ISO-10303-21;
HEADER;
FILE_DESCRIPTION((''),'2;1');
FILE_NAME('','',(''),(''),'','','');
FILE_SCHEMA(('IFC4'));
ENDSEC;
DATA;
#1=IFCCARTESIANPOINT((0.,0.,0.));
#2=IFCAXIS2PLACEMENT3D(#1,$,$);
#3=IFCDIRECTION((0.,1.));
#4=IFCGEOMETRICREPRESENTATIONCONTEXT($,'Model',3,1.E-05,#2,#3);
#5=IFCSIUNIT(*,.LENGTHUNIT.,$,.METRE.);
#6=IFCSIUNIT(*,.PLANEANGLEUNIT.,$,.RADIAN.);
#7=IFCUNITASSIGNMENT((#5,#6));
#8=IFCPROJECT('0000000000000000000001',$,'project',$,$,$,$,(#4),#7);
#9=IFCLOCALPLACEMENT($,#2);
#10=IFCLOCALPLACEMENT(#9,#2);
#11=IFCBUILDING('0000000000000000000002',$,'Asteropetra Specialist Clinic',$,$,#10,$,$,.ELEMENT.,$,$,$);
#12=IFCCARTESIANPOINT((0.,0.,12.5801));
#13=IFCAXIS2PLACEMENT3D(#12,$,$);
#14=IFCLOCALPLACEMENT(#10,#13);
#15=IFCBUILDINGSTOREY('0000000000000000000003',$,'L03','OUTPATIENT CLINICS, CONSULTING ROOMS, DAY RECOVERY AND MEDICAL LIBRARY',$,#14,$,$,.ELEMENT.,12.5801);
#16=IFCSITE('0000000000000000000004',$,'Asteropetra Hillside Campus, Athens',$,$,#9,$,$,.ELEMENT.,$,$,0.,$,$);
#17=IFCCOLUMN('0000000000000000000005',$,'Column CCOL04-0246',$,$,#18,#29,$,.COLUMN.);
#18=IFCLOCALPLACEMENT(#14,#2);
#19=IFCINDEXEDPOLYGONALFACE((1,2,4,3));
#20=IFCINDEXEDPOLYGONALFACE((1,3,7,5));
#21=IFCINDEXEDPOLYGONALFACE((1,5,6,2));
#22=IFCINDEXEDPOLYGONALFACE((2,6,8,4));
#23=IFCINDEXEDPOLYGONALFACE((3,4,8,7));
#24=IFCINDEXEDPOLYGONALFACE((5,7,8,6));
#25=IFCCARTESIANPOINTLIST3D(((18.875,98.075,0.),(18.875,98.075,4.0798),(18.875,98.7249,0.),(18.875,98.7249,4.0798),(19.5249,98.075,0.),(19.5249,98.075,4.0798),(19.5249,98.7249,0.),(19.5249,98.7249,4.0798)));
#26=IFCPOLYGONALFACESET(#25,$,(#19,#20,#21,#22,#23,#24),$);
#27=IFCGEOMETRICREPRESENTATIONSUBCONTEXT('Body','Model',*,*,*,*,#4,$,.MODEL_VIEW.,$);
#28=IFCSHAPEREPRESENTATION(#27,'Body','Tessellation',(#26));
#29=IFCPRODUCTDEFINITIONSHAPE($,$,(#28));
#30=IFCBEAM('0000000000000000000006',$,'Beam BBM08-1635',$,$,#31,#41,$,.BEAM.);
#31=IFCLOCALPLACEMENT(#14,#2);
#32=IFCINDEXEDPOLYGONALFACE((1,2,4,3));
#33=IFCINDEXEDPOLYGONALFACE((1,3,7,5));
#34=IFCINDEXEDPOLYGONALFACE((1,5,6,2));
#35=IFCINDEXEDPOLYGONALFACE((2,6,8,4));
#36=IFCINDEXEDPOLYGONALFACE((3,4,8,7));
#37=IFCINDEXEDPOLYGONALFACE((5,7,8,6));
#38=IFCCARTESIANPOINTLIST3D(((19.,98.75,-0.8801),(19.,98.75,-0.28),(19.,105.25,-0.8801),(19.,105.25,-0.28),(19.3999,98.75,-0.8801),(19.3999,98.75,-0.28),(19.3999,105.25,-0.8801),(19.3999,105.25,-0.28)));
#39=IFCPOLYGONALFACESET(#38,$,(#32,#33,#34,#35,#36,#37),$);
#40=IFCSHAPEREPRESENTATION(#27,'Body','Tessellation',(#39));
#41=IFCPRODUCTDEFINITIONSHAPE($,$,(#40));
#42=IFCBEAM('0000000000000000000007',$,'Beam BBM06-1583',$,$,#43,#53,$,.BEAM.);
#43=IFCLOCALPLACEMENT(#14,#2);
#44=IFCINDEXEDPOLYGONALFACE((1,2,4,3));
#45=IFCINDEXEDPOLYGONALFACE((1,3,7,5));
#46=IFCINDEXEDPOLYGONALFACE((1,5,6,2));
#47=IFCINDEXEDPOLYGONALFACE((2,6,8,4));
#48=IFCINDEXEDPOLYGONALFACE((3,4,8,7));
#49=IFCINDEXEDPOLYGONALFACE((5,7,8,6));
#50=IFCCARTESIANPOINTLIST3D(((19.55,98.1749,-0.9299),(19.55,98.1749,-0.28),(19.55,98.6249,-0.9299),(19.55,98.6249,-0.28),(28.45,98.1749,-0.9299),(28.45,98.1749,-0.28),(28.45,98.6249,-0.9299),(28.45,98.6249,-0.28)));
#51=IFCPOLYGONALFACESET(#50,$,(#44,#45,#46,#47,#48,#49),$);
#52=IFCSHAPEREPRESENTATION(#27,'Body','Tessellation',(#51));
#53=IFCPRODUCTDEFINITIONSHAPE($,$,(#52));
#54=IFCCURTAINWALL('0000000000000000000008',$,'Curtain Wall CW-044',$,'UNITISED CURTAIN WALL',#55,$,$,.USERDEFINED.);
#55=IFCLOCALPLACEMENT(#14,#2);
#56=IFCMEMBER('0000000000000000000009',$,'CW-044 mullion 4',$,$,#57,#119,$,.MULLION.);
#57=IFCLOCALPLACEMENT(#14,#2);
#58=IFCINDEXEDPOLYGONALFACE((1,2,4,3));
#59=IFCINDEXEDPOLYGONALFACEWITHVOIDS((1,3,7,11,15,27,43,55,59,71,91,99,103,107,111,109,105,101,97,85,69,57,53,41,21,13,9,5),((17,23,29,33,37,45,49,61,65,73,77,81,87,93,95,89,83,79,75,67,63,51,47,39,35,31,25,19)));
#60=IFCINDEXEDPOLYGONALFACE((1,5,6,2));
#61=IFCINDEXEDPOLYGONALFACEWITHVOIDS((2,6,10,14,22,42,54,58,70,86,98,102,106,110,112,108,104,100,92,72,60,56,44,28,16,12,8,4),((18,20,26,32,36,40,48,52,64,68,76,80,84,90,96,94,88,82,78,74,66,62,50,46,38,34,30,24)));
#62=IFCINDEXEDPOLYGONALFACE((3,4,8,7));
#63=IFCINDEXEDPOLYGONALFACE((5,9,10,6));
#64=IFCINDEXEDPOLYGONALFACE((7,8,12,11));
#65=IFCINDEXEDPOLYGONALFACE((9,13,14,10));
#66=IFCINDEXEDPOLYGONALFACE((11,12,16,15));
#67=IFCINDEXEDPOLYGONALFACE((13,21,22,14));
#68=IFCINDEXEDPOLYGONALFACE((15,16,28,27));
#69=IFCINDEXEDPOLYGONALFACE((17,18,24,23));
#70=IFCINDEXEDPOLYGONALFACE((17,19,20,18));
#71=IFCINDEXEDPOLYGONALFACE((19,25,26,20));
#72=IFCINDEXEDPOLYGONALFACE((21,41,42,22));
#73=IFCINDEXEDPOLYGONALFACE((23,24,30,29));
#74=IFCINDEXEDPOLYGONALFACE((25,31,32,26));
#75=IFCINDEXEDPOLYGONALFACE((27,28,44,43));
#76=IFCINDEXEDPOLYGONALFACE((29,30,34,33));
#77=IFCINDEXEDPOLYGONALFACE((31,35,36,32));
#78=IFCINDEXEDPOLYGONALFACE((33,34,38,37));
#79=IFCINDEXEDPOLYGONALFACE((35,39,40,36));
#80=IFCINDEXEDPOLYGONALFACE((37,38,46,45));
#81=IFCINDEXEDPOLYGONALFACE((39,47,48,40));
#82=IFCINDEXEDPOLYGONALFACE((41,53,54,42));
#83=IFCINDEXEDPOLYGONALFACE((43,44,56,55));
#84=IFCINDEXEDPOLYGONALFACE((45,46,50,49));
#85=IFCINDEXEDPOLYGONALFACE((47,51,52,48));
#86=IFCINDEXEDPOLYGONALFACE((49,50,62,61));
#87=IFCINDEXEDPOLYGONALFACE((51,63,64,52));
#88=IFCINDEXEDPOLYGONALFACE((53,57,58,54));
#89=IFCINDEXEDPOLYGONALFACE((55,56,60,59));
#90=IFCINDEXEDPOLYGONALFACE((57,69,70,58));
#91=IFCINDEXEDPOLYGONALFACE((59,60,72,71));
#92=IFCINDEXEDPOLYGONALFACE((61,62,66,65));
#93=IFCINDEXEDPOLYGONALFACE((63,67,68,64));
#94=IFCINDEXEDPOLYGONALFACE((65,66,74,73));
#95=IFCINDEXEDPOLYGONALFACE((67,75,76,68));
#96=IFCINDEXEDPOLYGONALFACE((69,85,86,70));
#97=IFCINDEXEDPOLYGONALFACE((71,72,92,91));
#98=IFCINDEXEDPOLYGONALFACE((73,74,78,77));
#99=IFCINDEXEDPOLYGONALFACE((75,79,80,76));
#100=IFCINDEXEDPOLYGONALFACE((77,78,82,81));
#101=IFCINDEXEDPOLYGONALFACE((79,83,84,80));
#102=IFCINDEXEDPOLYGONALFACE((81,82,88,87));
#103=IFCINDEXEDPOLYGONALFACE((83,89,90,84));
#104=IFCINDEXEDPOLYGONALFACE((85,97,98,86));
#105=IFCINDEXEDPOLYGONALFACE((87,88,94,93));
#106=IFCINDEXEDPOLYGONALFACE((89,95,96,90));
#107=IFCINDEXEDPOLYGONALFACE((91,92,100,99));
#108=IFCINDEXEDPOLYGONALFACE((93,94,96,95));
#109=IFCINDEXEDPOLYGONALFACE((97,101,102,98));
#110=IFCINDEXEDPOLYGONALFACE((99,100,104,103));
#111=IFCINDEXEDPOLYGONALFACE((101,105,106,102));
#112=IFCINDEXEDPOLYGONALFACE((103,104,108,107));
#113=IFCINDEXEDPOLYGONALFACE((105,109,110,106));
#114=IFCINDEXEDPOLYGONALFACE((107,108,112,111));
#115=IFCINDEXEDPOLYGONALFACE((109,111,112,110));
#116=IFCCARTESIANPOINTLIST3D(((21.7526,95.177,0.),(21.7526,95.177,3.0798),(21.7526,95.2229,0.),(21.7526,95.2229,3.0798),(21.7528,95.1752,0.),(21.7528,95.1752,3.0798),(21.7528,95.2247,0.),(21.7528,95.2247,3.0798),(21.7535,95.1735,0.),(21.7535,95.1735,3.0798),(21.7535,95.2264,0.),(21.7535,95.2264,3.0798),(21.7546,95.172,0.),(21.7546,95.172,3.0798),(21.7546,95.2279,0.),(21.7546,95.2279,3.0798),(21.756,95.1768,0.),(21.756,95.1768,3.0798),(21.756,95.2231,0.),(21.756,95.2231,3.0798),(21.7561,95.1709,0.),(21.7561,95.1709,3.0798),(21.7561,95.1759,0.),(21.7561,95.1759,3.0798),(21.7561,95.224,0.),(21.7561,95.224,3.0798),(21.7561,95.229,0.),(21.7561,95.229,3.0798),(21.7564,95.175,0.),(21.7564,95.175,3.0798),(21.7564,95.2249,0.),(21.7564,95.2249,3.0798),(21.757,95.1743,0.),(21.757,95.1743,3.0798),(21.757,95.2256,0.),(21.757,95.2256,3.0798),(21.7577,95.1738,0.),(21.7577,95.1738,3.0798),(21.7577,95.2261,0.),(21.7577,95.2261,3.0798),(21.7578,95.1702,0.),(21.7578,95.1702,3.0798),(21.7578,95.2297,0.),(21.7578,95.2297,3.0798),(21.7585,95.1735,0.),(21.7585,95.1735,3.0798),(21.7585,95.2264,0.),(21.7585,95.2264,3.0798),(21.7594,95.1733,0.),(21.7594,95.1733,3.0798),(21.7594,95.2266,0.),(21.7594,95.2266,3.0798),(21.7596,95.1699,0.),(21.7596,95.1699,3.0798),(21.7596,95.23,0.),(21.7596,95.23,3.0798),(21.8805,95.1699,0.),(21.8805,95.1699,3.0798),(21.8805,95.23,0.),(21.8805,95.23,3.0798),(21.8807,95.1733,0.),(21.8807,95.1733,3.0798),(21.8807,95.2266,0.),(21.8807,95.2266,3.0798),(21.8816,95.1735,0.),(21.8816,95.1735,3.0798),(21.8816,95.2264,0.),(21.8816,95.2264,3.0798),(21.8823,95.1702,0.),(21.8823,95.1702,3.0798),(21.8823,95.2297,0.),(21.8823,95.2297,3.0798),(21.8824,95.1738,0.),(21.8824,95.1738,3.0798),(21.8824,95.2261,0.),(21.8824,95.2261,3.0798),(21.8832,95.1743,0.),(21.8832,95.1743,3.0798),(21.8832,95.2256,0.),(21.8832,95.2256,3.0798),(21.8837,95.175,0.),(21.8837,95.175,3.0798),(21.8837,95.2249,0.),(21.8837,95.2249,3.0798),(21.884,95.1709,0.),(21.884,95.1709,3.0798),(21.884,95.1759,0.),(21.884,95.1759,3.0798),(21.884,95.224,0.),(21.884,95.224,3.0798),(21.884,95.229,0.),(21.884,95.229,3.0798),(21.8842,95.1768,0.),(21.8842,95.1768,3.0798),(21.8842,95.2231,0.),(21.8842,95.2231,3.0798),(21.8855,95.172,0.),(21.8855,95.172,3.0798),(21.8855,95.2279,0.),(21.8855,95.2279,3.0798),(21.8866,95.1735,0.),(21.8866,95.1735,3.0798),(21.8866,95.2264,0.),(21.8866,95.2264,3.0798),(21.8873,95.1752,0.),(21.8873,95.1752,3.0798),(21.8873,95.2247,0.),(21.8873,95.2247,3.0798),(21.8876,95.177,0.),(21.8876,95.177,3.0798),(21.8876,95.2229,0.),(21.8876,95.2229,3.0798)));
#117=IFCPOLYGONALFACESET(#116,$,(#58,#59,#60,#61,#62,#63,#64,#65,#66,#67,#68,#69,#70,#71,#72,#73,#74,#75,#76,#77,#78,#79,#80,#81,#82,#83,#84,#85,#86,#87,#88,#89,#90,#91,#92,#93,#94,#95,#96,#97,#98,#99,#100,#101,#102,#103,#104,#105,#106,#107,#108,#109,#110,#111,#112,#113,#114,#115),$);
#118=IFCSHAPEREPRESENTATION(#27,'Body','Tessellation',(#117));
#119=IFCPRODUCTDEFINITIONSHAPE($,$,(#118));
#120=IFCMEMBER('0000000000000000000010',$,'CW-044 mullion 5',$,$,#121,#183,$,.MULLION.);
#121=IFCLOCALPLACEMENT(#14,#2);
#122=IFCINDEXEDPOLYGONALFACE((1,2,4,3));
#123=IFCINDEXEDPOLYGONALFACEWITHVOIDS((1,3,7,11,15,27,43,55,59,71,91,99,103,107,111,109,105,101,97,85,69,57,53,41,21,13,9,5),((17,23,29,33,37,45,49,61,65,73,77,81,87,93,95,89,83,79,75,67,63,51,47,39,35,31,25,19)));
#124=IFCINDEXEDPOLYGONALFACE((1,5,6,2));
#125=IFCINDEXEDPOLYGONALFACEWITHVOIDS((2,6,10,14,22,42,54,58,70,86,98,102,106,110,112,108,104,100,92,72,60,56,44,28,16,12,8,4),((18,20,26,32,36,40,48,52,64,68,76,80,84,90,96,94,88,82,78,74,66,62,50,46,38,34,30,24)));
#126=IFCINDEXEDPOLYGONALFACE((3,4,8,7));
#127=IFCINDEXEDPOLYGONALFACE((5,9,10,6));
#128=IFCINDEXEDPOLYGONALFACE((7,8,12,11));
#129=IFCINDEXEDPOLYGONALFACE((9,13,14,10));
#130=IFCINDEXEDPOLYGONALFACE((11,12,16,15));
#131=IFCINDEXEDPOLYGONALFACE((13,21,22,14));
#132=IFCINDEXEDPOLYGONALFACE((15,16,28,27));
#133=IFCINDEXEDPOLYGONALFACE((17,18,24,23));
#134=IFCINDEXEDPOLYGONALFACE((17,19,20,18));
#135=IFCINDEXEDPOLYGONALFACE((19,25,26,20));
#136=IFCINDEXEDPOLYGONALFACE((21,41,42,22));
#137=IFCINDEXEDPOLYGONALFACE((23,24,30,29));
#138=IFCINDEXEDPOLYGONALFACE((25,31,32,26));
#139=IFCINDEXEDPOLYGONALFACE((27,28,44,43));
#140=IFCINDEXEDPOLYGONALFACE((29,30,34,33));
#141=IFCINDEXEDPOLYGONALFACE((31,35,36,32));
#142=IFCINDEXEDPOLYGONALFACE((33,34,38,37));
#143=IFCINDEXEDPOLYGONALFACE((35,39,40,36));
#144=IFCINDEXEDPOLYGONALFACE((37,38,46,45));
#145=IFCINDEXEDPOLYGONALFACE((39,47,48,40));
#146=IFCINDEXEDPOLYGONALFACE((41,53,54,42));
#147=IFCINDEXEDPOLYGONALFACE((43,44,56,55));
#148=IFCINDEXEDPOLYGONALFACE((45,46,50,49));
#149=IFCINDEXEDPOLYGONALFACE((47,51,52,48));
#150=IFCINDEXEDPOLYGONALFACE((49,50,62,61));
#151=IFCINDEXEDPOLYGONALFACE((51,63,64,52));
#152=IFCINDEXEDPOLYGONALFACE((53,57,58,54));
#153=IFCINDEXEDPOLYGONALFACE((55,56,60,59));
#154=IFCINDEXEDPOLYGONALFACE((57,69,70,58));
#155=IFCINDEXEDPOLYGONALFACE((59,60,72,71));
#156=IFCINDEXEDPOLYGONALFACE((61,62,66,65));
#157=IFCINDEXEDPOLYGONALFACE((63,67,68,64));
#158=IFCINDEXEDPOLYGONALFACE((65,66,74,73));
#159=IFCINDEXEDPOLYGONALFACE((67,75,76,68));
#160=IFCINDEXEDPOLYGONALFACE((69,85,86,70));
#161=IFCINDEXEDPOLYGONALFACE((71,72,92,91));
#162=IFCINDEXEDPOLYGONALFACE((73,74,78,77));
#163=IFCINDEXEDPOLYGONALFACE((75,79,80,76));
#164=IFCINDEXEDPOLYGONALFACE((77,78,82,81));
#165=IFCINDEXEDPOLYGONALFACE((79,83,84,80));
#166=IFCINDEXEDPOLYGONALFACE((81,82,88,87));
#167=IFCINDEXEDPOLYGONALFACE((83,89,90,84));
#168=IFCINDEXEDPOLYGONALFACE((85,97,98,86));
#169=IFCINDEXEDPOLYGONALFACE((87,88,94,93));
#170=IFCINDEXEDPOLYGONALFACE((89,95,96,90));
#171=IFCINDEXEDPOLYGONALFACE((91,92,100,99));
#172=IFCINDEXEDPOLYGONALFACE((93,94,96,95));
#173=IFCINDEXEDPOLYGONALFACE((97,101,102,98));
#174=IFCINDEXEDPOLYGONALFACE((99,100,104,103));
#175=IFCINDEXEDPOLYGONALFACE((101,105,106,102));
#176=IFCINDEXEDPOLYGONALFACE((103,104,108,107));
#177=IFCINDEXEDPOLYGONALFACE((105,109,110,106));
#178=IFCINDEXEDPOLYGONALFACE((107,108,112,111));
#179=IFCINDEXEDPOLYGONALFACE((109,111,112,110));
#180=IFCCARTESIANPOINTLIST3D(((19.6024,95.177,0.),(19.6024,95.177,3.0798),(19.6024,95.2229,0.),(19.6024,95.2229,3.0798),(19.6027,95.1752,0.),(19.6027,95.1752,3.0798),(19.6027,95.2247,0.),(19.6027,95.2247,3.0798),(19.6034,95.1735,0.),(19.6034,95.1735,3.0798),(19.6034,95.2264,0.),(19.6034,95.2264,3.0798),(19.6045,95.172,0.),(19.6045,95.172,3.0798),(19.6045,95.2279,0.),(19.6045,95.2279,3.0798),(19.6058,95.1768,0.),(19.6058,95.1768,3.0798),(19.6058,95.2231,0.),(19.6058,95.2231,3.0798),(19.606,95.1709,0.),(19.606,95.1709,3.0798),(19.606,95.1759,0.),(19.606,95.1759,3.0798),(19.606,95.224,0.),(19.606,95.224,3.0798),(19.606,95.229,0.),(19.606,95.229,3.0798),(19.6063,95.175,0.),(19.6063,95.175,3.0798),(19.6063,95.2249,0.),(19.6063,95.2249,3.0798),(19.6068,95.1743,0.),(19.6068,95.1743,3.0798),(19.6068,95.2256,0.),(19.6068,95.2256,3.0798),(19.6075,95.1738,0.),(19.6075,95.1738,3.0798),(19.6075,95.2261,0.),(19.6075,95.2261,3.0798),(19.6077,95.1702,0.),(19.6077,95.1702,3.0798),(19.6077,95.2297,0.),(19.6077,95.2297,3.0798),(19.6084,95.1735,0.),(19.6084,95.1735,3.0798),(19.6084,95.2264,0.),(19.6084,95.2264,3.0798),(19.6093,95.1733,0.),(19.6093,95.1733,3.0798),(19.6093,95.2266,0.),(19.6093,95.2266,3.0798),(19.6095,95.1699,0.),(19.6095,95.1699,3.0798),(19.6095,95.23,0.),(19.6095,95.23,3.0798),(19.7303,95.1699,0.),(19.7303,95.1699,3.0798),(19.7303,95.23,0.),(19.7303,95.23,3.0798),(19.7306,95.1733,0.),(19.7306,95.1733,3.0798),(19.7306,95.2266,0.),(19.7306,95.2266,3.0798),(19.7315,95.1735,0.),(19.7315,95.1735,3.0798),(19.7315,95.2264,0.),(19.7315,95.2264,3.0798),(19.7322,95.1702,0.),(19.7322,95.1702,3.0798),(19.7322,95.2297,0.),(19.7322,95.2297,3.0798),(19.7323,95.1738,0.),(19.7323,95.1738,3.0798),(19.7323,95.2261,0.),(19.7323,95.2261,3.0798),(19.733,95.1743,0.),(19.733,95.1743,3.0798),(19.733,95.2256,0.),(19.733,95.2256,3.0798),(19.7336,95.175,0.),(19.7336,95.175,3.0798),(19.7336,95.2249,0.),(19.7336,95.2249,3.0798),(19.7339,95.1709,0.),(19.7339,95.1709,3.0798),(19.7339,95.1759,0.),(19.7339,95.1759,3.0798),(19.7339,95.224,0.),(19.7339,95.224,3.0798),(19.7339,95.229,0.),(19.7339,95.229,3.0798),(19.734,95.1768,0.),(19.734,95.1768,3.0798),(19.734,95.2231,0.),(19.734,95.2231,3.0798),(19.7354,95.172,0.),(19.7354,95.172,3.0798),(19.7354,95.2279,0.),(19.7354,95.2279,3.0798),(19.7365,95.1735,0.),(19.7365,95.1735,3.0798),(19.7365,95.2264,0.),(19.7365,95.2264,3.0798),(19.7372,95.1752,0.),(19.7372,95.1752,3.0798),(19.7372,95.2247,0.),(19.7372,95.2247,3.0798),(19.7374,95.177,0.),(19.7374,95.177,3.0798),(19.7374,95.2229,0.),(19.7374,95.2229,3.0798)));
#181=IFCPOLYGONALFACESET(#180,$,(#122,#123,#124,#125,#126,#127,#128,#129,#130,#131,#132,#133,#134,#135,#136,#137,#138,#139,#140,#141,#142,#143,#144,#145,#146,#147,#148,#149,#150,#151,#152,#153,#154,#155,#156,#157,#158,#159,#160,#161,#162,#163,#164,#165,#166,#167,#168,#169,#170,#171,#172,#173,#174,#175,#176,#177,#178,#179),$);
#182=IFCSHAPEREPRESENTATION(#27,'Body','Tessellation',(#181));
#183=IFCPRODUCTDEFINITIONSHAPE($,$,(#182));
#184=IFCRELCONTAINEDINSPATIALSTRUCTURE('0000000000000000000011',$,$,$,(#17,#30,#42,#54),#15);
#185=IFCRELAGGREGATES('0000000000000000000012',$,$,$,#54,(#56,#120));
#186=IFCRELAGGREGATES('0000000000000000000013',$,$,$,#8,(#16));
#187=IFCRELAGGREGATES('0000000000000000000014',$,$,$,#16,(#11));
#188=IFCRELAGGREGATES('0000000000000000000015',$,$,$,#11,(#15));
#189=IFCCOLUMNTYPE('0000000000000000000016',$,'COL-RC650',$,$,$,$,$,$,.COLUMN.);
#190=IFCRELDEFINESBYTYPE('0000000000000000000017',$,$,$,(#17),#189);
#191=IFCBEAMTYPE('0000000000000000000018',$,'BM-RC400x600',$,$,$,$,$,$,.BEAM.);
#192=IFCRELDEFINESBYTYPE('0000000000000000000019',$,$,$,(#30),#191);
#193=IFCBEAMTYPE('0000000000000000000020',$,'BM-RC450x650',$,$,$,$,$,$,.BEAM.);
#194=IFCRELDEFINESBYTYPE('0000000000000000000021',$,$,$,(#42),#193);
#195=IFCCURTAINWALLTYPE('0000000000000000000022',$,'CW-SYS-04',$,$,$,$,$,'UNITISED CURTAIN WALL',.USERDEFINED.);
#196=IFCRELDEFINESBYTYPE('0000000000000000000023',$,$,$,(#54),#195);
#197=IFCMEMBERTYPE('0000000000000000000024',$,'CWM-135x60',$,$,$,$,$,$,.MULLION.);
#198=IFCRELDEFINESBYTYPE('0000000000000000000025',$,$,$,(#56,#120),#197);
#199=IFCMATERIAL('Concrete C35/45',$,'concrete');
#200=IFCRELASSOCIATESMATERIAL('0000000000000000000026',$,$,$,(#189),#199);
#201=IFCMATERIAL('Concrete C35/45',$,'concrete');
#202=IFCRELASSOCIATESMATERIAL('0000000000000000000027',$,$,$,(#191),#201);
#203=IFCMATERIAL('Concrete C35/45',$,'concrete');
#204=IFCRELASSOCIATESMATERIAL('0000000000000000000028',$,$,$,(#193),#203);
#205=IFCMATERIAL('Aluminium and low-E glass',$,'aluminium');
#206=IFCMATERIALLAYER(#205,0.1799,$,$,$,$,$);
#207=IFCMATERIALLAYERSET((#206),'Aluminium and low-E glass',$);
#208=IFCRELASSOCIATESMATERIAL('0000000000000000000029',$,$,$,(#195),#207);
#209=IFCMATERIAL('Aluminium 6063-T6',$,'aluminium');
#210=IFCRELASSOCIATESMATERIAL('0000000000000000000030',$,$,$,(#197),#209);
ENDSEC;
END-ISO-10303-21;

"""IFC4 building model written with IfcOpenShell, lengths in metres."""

from ifc_helpers import new_model, si_unit, direction, frame, origin, origin_2d, place, context, subcontext, project, spatial, rectangle, hollow_rectangle, extrude, material, layer, layer_set, material_profile, profile_set, type_object, element, aggregate, save


model = new_model("IFC4")

# Units and contexts
model_context = context("Model", 3, precision=1e-05, world=origin(), true_north=direction((0.0, 1.0)))
body_context = subcontext(model_context, "Body", "Model", "MODEL_VIEW")
ifc_project = project(units=[si_unit("LENGTHUNIT", "METRE"), si_unit("PLANEANGLEUNIT", "RADIAN")], contexts=[model_context])

# Site, building, storey
site_placement = place(None, origin())
site = spatial("IfcSite", under=ifc_project, at=site_placement, Name="Asteropetra Hillside Campus, Athens", CompositionType="ELEMENT", RefElevation=0.0)
building_placement = place(site_placement, origin())
building = spatial("IfcBuilding", under=site, at=building_placement, Name="Asteropetra Specialist Clinic", CompositionType="ELEMENT")
storey_placement = place(building_placement, frame((0.0, 0.0, 12.5801)))
storey = spatial("IfcBuildingStorey", under=building, at=storey_placement, Name="L03", Description="OUTPATIENT CLINICS, CONSULTING ROOMS, DAY RECOVERY AND MEDICAL LIBRARY", CompositionType="ELEMENT", Elevation=12.5801)

# Column
ifc_material_1 = material(Name="Concrete C35/45", Category="concrete")
ifc_material_profile_1 = material_profile(ifc_material_1, rectangle(XDim=0.6499, YDim=0.6499, at=origin_2d()), Name="RC 650x650")
ifc_profile_set_1 = profile_set([ifc_material_profile_1], Name="Concrete C35/45")
column_type = type_object("IfcColumnType", Name="COL-RC650", PredefinedType="COLUMN", material=ifc_profile_set_1)
column_placement = place(storey_placement, frame((19.2, 98.3999, 0.0), z_axis=(0.0, 0.0, 1.0), x_axis=(1.0, 0.0, 0.0)))
element("IfcColumn", 1, at=column_placement, inside=storey, type_object=column_type, Name="Column CCOL04-0246", PredefinedType="COLUMN", context=body_context, shape_type="SweptSolid", body=[
    extrude(rectangle(XDim=0.6499, YDim=0.6499, at=origin_2d()), origin(), (0.0, 0.0, 1.0), 4.0798),
])

# Beams
ifc_material_2 = material(Name="Concrete C35/45", Category="concrete")
ifc_material_profile_2 = material_profile(ifc_material_2, rectangle(XDim=0.3999, YDim=0.6001, at=origin_2d()), Name="RCB 400x600")
ifc_profile_set_2 = profile_set([ifc_material_profile_2], Name="Concrete C35/45")
beam_type_1 = type_object("IfcBeamType", Name="BM-RC400x600", PredefinedType="BEAM", material=ifc_profile_set_2)
beam_1_placement = place(storey_placement, frame((19.2, 98.75, -0.5801), z_axis=(0.0, 1.0, 0.0), x_axis=(-1.0, 0.0, 0.0)))
element("IfcBeam", 2, at=beam_1_placement, inside=storey, type_object=beam_type_1, Name="Beam BBM08-1635", PredefinedType="BEAM", context=body_context, shape_type="SweptSolid", body=[
    extrude(rectangle(XDim=0.3999, YDim=0.6001, at=origin_2d()), origin(), (0.0, 0.0, 1.0), 6.5),
])
ifc_material_3 = material(Name="Concrete C35/45", Category="concrete")
ifc_material_profile_3 = material_profile(ifc_material_3, rectangle(XDim=0.45, YDim=0.6499, at=origin_2d()), Name="RCB 450x650")
ifc_profile_set_3 = profile_set([ifc_material_profile_3], Name="Concrete C35/45")
beam_type_2 = type_object("IfcBeamType", Name="BM-RC450x650", PredefinedType="BEAM", material=ifc_profile_set_3)
beam_2_placement = place(storey_placement, frame((19.55, 98.3999, -0.605), z_axis=(1.0, 0.0, 0.0), x_axis=(0.0, 1.0, 0.0)))
element("IfcBeam", 3, at=beam_2_placement, inside=storey, type_object=beam_type_2, Name="Beam BBM06-1583", PredefinedType="BEAM", context=body_context, shape_type="SweptSolid", body=[
    extrude(rectangle(XDim=0.45, YDim=0.6499, at=origin_2d()), origin(), (0.0, 0.0, 1.0), 8.8999),
])

# Curtain wall, members
ifc_material_4 = material(Name="Aluminium and low-E glass", Category="aluminium")
ifc_layer_1 = layer(ifc_material_4, 0.1799)
ifc_layer_set_1 = layer_set([ifc_layer_1], Name="Aluminium and low-E glass")
curtain_wall_type_1 = type_object("IfcCurtainWallType", Name="CW-SYS-04", ElementType="UNITISED CURTAIN WALL", PredefinedType="USERDEFINED", material=ifc_layer_set_1)
curtain_wall_1_placement = place(storey_placement, origin())
curtain_wall_1 = element("IfcCurtainWall", 4, at=curtain_wall_1_placement, inside=storey, type_object=curtain_wall_type_1, Name="Curtain Wall CW-044", ObjectType="UNITISED CURTAIN WALL", PredefinedType="USERDEFINED")
ifc_material_5 = material(Name="Aluminium 6063-T6", Category="aluminium")
ifc_material_profile_4 = material_profile(ifc_material_5, hollow_rectangle(XDim=0.0601, YDim=0.135, WallThickness=0.0034, InnerFilletRadius=0.0034, OuterFilletRadius=0.0071, at=origin_2d()), Name="MUL 135x60x3.5")
ifc_profile_set_4 = profile_set([ifc_material_profile_4], Name="Aluminium 6063-T6")
member_type_1 = type_object("IfcMemberType", Name="CWM-135x60", PredefinedType="MULLION", material=ifc_profile_set_4)
member_1_placement = place(storey_placement, frame((21.8201, 95.2, 0.0), z_axis=(0.0, 0.0, 1.0), x_axis=(0.0, -1.0, 0.0)))
member_1 = element("IfcMember", 5, at=member_1_placement, type_object=member_type_1, Name="CW-044 mullion 4", PredefinedType="MULLION", context=body_context, shape_type="SweptSolid", body=[
    extrude(hollow_rectangle(XDim=0.0601, YDim=0.135, WallThickness=0.0034, InnerFilletRadius=0.0034, OuterFilletRadius=0.0071, at=origin_2d()), origin(), (0.0, 0.0, 1.0), 3.0798),
])
member_2_placement = place(storey_placement, frame((19.6699, 95.2, 0.0), z_axis=(0.0, 0.0, 1.0), x_axis=(0.0, -1.0, 0.0)))
member_2 = element("IfcMember", 6, at=member_2_placement, type_object=member_type_1, Name="CW-044 mullion 5", PredefinedType="MULLION", context=body_context, shape_type="SweptSolid", body=[
    extrude(hollow_rectangle(XDim=0.0601, YDim=0.135, WallThickness=0.0034, InnerFilletRadius=0.0034, OuterFilletRadius=0.0071, at=origin_2d()), origin(), (0.0, 0.0, 1.0), 3.0798),
])

aggregate(curtain_wall_1, [member_1, member_2])

save(model, "model.ifc")
